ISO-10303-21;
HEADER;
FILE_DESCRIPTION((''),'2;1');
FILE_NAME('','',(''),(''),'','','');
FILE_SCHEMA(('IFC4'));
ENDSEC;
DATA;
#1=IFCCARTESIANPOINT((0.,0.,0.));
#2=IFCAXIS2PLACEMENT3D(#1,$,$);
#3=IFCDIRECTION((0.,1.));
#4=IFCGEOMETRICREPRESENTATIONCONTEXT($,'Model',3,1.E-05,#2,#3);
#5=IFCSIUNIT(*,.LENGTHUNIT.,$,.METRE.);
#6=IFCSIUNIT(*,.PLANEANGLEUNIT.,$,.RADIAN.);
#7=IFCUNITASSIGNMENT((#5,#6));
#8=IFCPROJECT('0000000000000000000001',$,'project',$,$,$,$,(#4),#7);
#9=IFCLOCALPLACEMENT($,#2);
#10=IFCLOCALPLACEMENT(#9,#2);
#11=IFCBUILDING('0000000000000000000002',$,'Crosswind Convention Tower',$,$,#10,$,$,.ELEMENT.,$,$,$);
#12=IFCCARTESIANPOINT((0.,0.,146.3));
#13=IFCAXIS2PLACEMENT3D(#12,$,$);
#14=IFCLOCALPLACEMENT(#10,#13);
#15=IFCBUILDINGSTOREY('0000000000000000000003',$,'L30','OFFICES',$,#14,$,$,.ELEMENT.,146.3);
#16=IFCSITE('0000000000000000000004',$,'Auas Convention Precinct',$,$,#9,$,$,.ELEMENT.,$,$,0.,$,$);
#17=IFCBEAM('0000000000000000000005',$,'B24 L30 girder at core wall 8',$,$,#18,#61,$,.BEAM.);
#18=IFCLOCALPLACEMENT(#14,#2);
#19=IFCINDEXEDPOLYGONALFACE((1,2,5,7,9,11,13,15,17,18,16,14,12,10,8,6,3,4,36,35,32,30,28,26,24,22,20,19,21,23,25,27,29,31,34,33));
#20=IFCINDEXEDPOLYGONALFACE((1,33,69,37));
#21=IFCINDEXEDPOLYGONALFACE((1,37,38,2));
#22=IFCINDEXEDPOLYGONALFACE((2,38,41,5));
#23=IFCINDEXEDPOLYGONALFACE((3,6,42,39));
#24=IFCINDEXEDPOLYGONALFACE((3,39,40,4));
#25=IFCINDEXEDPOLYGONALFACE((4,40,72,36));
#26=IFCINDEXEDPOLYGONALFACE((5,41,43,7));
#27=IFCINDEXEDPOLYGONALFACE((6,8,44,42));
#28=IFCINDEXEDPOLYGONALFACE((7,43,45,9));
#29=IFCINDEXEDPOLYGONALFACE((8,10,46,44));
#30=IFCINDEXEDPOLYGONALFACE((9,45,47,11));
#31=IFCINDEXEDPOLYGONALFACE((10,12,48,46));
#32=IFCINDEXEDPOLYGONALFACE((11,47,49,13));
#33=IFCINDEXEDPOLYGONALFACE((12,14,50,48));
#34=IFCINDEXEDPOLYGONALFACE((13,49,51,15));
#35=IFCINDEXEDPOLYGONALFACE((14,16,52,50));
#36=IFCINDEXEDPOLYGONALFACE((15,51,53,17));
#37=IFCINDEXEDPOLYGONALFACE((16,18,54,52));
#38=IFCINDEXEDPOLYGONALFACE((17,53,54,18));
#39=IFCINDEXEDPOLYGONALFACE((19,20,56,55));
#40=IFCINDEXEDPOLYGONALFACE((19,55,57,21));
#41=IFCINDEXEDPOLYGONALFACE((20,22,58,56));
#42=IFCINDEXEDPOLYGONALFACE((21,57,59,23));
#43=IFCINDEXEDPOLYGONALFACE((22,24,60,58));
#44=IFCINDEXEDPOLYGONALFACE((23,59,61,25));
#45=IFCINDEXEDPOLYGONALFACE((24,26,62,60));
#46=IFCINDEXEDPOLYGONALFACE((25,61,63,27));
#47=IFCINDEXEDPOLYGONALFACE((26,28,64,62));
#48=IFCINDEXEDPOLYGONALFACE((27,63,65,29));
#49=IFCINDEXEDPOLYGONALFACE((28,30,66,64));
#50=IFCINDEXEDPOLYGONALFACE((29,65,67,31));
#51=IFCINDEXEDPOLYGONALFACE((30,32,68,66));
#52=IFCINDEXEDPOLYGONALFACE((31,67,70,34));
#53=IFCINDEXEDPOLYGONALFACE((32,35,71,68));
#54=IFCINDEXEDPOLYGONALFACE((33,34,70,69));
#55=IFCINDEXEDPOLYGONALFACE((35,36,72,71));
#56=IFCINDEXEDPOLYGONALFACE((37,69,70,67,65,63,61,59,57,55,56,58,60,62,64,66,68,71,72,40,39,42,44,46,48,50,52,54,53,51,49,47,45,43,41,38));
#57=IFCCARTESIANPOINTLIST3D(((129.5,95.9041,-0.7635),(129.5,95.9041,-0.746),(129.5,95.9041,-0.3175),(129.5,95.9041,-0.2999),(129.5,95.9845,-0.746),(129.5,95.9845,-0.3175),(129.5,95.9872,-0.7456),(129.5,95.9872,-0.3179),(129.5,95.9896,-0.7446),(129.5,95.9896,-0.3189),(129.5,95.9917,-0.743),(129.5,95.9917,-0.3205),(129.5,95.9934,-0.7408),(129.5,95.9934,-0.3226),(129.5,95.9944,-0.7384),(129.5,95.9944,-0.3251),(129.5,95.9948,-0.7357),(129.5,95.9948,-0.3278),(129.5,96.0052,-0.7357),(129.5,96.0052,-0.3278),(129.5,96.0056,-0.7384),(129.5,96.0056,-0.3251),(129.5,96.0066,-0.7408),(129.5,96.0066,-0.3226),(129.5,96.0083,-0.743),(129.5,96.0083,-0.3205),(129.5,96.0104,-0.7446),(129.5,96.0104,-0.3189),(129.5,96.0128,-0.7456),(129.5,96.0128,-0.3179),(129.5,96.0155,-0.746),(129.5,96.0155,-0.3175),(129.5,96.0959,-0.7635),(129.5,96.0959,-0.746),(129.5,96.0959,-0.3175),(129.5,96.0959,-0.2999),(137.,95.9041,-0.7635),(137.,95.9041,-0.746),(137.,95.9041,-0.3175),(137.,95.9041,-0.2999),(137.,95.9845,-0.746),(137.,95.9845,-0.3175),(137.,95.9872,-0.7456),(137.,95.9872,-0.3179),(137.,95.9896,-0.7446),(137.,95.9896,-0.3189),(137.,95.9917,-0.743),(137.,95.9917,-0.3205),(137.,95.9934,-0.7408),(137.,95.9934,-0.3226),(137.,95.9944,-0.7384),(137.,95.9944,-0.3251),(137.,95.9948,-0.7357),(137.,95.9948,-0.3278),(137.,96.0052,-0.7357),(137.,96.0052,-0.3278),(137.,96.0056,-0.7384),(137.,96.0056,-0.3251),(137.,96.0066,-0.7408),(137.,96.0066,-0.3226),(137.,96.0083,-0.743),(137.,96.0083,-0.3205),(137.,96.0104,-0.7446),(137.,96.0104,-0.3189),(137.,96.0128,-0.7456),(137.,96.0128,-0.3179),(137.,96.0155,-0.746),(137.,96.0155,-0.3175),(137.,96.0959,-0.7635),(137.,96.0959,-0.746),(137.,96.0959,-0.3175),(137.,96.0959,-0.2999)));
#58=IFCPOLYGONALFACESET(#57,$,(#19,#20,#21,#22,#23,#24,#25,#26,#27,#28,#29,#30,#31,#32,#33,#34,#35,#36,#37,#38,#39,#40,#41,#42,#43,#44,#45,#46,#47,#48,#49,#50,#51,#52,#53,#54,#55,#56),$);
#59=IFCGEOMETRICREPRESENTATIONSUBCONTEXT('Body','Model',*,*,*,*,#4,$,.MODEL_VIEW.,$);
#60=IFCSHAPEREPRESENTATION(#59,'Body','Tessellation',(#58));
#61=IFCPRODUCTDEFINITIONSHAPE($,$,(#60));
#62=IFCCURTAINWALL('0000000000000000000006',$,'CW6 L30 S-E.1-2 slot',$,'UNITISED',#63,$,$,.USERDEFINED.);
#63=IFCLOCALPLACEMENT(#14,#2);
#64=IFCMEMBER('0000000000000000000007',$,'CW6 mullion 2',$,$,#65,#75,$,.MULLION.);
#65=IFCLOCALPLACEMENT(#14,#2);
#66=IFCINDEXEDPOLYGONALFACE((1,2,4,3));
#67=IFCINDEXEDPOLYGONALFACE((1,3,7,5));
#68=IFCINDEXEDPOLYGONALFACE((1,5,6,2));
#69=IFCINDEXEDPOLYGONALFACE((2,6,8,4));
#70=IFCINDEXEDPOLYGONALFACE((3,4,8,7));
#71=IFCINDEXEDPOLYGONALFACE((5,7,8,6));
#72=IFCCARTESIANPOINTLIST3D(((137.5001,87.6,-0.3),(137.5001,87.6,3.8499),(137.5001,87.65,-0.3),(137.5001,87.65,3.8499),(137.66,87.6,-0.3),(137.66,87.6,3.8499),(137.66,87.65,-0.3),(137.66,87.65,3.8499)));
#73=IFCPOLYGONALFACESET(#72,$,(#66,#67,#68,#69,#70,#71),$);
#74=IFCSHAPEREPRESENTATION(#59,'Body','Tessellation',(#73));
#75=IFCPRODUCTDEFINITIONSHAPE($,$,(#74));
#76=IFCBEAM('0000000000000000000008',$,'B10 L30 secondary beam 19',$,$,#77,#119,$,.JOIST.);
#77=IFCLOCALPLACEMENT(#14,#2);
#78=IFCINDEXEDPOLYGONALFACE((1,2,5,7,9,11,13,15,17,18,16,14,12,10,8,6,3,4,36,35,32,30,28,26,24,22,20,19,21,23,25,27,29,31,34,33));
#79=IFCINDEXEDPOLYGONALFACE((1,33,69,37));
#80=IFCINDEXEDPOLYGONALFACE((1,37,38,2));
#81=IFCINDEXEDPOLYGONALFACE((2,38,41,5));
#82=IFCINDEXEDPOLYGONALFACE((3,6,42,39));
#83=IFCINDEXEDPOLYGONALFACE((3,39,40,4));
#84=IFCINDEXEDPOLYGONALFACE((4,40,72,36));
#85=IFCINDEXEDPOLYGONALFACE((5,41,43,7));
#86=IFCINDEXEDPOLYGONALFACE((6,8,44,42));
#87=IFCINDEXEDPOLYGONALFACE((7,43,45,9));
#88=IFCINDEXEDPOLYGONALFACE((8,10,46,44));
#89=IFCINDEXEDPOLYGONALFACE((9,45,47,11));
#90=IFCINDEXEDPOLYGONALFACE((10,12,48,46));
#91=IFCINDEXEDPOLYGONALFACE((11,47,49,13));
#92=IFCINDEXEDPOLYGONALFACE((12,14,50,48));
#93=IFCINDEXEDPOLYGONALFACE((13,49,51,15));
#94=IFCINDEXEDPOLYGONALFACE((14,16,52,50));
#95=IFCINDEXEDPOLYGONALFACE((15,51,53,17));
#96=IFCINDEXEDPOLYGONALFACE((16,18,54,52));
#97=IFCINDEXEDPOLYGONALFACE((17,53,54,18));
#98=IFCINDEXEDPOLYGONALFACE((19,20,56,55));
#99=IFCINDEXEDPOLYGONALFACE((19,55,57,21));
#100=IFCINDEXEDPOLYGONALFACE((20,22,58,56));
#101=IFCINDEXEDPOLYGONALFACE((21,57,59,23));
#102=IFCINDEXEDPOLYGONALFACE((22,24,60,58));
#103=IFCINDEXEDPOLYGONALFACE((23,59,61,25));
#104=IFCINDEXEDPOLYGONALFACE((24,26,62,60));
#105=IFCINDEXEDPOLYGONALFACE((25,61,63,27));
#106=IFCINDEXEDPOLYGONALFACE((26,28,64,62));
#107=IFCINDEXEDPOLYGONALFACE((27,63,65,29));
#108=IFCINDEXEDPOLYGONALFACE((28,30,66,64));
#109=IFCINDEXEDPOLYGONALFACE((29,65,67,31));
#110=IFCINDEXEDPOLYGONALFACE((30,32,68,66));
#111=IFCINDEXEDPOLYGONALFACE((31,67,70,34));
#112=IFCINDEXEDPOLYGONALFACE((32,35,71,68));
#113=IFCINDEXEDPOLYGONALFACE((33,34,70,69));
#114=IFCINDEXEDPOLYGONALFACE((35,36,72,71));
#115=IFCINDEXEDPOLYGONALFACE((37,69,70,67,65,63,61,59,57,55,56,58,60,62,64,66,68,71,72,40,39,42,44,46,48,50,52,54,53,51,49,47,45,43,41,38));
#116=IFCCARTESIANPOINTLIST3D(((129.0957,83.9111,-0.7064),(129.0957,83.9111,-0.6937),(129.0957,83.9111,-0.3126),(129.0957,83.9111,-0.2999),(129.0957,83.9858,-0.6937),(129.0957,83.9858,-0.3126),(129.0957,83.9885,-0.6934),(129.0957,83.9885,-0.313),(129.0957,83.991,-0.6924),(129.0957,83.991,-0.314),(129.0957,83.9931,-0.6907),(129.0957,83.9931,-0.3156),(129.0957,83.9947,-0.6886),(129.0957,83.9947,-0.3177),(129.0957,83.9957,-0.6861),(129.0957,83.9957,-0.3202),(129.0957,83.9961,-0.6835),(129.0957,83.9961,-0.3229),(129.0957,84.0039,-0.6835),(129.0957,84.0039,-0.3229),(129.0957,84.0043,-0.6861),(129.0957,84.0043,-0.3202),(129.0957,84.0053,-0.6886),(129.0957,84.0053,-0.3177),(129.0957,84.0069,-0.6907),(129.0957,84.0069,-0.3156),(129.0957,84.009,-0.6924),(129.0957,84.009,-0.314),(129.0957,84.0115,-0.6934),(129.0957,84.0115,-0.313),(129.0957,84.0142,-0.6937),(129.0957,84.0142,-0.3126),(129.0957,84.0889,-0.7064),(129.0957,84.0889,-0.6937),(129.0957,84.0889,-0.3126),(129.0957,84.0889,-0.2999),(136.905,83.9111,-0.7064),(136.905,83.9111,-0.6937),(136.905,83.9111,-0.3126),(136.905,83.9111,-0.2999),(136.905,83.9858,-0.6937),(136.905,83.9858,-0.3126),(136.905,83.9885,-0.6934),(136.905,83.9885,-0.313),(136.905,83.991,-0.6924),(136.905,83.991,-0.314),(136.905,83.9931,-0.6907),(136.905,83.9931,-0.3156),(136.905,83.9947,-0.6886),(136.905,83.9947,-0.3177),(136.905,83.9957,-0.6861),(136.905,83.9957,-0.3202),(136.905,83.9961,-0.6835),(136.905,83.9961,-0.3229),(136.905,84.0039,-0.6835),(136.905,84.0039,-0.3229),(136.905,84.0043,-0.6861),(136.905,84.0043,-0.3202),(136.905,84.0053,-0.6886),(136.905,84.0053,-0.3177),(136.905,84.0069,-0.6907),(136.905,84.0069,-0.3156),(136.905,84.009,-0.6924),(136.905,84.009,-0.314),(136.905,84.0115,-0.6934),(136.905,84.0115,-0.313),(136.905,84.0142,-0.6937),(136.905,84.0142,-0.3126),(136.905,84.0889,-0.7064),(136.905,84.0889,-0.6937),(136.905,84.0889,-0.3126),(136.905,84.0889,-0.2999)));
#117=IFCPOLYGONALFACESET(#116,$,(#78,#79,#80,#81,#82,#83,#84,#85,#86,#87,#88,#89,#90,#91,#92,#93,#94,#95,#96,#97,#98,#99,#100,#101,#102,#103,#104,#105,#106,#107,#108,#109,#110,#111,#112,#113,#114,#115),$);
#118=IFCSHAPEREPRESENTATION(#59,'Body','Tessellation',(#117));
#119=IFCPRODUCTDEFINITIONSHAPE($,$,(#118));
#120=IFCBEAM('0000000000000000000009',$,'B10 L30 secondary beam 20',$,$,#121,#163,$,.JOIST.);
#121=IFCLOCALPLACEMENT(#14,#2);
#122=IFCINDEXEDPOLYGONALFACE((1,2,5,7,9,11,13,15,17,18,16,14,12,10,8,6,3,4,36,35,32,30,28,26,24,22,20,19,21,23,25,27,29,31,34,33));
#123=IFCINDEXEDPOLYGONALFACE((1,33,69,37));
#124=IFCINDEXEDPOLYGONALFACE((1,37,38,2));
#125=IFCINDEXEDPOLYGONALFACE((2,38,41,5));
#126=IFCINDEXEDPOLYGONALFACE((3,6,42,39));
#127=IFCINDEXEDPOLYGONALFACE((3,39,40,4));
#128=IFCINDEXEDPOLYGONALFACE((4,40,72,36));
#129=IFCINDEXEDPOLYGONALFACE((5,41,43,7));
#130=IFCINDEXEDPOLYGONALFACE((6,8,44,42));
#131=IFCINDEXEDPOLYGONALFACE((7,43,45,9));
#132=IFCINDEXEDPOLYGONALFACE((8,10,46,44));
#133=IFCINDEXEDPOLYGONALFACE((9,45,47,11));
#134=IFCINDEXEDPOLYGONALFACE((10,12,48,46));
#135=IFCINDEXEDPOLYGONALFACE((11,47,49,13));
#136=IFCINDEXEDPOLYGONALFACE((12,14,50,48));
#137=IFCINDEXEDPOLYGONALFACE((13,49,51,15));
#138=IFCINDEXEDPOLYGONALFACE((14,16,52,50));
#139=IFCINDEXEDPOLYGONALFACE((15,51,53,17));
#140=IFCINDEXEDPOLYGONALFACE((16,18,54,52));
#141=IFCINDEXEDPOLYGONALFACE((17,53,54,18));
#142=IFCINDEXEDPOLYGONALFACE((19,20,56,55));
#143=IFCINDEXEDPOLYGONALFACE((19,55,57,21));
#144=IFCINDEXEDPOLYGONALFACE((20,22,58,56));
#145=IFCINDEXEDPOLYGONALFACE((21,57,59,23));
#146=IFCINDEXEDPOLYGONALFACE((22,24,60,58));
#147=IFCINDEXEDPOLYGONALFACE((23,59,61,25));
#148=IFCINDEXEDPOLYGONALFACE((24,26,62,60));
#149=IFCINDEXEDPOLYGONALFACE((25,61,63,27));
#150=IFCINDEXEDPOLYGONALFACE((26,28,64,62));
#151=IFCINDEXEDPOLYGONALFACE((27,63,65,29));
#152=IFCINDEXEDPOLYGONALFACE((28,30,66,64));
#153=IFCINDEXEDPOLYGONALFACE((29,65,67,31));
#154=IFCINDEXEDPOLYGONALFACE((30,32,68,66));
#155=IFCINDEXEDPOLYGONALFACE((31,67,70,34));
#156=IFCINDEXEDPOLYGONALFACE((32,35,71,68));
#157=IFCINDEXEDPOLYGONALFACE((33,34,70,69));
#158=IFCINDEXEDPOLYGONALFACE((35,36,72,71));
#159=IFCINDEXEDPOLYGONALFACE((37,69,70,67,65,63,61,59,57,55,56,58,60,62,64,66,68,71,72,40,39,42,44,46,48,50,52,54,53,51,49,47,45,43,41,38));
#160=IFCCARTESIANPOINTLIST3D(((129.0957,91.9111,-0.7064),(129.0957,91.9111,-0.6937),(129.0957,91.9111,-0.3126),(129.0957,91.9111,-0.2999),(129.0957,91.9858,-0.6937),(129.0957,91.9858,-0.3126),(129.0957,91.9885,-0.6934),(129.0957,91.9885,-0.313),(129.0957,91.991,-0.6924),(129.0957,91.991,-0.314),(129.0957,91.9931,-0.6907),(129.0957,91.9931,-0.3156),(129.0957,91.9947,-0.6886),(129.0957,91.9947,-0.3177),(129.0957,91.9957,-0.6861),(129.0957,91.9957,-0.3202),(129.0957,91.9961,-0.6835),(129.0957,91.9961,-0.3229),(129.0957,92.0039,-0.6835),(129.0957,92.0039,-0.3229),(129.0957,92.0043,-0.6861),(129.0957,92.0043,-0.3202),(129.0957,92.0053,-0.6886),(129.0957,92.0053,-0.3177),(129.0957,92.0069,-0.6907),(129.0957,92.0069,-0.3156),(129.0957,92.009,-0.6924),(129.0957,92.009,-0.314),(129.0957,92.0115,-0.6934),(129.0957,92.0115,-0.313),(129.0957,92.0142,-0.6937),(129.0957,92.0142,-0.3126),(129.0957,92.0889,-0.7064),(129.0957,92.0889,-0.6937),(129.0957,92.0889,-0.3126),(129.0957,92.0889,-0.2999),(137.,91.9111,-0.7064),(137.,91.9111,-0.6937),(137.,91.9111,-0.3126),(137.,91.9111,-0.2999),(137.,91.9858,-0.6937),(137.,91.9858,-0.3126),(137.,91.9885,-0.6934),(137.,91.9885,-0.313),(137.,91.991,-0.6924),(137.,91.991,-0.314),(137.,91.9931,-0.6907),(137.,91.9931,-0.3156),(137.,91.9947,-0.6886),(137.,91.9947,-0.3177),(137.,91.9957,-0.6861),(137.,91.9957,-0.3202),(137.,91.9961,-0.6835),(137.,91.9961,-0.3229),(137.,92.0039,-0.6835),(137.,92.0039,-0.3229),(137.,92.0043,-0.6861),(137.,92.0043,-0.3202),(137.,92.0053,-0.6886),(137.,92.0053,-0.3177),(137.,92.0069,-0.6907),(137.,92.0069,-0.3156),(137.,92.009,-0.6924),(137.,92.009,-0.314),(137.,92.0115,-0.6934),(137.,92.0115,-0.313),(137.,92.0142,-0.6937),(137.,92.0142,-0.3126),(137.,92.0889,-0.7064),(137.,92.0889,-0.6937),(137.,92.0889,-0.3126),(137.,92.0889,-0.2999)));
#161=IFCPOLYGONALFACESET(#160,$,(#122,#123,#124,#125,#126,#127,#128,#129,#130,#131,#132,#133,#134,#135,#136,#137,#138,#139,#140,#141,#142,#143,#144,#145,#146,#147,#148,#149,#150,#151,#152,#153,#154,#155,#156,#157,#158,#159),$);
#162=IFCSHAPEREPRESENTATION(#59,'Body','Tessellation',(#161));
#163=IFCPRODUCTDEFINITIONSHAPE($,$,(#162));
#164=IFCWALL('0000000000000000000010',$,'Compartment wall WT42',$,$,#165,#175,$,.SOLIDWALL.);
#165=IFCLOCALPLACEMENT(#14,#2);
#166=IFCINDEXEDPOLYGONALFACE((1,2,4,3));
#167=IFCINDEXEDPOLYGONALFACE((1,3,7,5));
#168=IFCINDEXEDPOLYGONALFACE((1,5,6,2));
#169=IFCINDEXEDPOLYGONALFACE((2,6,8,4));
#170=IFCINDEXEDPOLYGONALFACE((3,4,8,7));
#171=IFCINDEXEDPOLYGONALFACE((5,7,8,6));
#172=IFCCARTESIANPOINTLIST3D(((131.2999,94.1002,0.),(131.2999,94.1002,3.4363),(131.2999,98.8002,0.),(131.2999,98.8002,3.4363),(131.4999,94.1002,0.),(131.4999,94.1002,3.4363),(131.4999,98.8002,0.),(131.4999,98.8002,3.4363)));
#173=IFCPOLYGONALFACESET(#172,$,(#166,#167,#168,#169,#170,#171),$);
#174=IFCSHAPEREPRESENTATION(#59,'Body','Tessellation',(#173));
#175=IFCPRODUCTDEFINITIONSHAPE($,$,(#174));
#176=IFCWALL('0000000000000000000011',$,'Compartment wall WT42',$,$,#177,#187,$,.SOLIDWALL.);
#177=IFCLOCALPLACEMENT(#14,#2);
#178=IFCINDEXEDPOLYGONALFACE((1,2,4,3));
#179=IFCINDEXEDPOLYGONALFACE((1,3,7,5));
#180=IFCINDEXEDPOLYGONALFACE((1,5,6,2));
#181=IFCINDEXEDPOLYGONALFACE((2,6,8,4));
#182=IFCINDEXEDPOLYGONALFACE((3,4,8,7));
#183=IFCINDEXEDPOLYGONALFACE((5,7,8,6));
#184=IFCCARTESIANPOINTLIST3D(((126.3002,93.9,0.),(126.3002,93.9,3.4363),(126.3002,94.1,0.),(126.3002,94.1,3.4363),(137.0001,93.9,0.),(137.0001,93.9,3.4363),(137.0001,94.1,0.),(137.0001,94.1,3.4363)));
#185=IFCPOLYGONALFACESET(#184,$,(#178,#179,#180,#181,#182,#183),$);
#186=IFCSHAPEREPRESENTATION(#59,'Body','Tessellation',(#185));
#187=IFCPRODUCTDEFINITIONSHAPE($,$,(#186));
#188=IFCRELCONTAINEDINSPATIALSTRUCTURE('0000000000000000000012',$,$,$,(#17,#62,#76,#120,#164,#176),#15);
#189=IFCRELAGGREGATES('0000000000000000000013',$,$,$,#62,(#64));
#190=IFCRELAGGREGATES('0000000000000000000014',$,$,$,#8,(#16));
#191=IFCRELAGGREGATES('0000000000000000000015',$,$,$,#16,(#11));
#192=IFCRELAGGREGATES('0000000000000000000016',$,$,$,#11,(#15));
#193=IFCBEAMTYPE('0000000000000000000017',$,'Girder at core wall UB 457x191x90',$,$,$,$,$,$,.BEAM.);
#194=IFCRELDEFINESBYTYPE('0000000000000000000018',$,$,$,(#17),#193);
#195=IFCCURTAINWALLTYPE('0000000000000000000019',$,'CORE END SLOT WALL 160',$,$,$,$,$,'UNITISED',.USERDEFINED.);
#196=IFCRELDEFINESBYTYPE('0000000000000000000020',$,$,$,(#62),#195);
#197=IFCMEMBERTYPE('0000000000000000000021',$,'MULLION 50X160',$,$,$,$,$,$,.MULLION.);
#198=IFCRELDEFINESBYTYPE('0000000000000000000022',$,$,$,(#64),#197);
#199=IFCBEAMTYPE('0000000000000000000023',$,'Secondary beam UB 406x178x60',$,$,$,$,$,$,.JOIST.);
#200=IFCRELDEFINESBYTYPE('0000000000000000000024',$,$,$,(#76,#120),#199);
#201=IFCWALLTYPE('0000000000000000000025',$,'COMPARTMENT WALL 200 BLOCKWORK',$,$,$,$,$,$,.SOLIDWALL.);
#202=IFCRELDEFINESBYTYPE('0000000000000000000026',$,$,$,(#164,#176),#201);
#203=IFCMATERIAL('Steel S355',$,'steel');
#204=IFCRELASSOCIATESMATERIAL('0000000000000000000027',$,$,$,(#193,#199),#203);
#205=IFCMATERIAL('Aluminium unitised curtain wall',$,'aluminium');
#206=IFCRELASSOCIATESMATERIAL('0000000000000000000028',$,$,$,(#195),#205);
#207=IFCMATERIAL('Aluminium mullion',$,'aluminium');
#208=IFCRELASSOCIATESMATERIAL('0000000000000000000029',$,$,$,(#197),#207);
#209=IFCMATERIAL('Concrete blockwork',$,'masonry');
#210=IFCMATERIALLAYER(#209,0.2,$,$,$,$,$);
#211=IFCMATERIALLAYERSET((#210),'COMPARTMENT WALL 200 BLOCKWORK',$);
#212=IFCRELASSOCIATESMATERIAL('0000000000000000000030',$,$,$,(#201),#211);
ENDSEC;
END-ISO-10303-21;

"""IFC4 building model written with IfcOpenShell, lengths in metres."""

from ifc_helpers import new_model, si_unit, direction, frame, frame_2d, origin, origin_2d, place, context, subcontext, project, spatial, rectangle, i_section, extrude, material, layer, layer_set, material_profile, profile_set, type_object, element, aggregate, save


model = new_model("IFC4")

# Units and contexts
model_context = context("Model", 3, precision=1e-05, world=origin(), true_north=direction((0.0, 1.0)))
body_context = subcontext(model_context, "Body", "Model", "MODEL_VIEW")
ifc_project = project(units=[si_unit("LENGTHUNIT", "METRE"), si_unit("PLANEANGLEUNIT", "RADIAN")], contexts=[model_context])

# Site, building, storey
site_placement = place(None, origin())
site = spatial("IfcSite", under=ifc_project, at=site_placement, Name="Auas Convention Precinct", CompositionType="ELEMENT", RefElevation=0.0)
building_placement = place(site_placement, origin())
building = spatial("IfcBuilding", under=site, at=building_placement, Name="Crosswind Convention Tower", CompositionType="ELEMENT")
storey_placement = place(building_placement, frame((0.0, 0.0, 146.3)))
storey = spatial("IfcBuildingStorey", under=building, at=storey_placement, Name="L30", Description="OFFICES", CompositionType="ELEMENT", Elevation=146.3)

# Beam
ifc_material_1 = material(Name="Steel S355", Category="steel")
ifc_material_profile_1 = material_profile(ifc_material_1, i_section(OverallWidth=0.1919, OverallDepth=0.4636, WebThickness=0.0105, FlangeThickness=0.0176, FilletRadius=0.0103, at=origin_2d()), Name="UB 457x191x90")
ifc_profile_set_1 = profile_set([ifc_material_profile_1], Name="Steel S355")
beam_type_1 = type_object("IfcBeamType", Name="Girder at core wall UB 457x191x90", PredefinedType="BEAM", material=ifc_profile_set_1)
for number, where, z_axis, x_axis, name in (
    (1, (129.5, 96.0, -0.5317), (1.0, 0.0, 0.0), (0.0, 1.0, 0.0), "B24 L30 girder at core wall 8"),
):
    element("IfcBeam", number, at=place(storey_placement, frame(where, z_axis=z_axis, x_axis=x_axis)), inside=storey, type_object=beam_type_1, Name=name, PredefinedType="BEAM", context=body_context, shape_type="SweptSolid", body=[
        extrude(i_section(OverallWidth=0.1919, OverallDepth=0.4636, WebThickness=0.0105, FlangeThickness=0.0176, FilletRadius=0.0103, at=origin_2d()), origin(), (0.0, 0.0, 1.0), 7.5),
    ])

# Curtain wall, member
ifc_material_2 = material(Name="Aluminium unitised curtain wall", Category="aluminium")
curtain_wall_type = type_object("IfcCurtainWallType", Name="CORE END SLOT WALL 160", ElementType="UNITISED", PredefinedType="USERDEFINED", material=ifc_material_2)
curtain_wall_placement = place(storey_placement, origin())
curtain_wall = element("IfcCurtainWall", 2, at=curtain_wall_placement, inside=storey, type_object=curtain_wall_type, Name="CW6 L30 S-E.1-2 slot", ObjectType="UNITISED", PredefinedType="USERDEFINED")
ifc_material_3 = material(Name="Aluminium mullion", Category="aluminium")
ifc_material_profile_2 = material_profile(ifc_material_3, rectangle(XDim=0.1599, YDim=0.05, at=origin_2d()), Name="AL 160X50")
ifc_profile_set_2 = profile_set([ifc_material_profile_2], Name="Aluminium mullion")
member_type = type_object("IfcMemberType", Name="MULLION 50X160", PredefinedType="MULLION", material=ifc_profile_set_2)
member_placement = place(storey_placement, frame((137.5801, 87.625, -0.3), z_axis=(0.0, 0.0, 1.0), x_axis=(1.0, 0.0, 0.0)))
member = element("IfcMember", 3, at=member_placement, type_object=member_type, Name="CW6 mullion 2", PredefinedType="MULLION", context=body_context, shape_type="SweptSolid", body=[
    extrude(rectangle(XDim=0.1599, YDim=0.05, at=origin_2d()), origin(), (0.0, 0.0, 1.0), 4.1499),
])
aggregate(curtain_wall, [member])

# Beams
ifc_material_profile_3 = material_profile(ifc_material_1, i_section(OverallWidth=0.1777, OverallDepth=0.4065, WebThickness=0.0078, FlangeThickness=0.0127, FilletRadius=0.0103, at=origin_2d()), Name="UB 406x178x60")
ifc_profile_set_3 = profile_set([ifc_material_profile_3], Name="Steel S355")
beam_type_2 = type_object("IfcBeamType", Name="Secondary beam UB 406x178x60", PredefinedType="JOIST", material=ifc_profile_set_3)
beam_1_placement = place(storey_placement, frame((129.0957, 84.0, -0.5032), z_axis=(1.0, 0.0, 0.0), x_axis=(0.0, 1.0, 0.0)))
element("IfcBeam", 4, at=beam_1_placement, inside=storey, type_object=beam_type_2, Name="B10 L30 secondary beam 19", PredefinedType="JOIST", context=body_context, shape_type="SweptSolid", body=[
    extrude(i_section(OverallWidth=0.1777, OverallDepth=0.4065, WebThickness=0.0078, FlangeThickness=0.0127, FilletRadius=0.0103, at=origin_2d()), origin(), (0.0, 0.0, 1.0), 7.8093),
])
beam_2_placement = place(storey_placement, frame((129.0957, 92.0, -0.5032), z_axis=(1.0, 0.0, 0.0), x_axis=(0.0, 1.0, 0.0)))
element("IfcBeam", 5, at=beam_2_placement, inside=storey, type_object=beam_type_2, Name="B10 L30 secondary beam 20", PredefinedType="JOIST", context=body_context, shape_type="SweptSolid", body=[
    extrude(i_section(OverallWidth=0.1777, OverallDepth=0.4065, WebThickness=0.0078, FlangeThickness=0.0127, FilletRadius=0.0103, at=origin_2d()), origin(), (0.0, 0.0, 1.0), 7.9043),
])

# Walls
ifc_material_4 = material(Name="Concrete blockwork", Category="masonry")
ifc_layer_1 = layer(ifc_material_4, 0.2)
ifc_layer_set_1 = layer_set([ifc_layer_1], Name="COMPARTMENT WALL 200 BLOCKWORK")
wall_type_1 = type_object("IfcWallType", Name="COMPARTMENT WALL 200 BLOCKWORK", PredefinedType="SOLIDWALL", material=ifc_layer_set_1)
wall_1_placement = place(storey_placement, frame((131.3999, 94.1001, 0.0), z_axis=(0.0, 0.0, 1.0), x_axis=(0.0, 1.0, 0.0)))
element("IfcWall", 6, at=wall_1_placement, inside=storey, type_object=wall_type_1, Name="Compartment wall WT42", PredefinedType="SOLIDWALL", context=body_context, shape_type="SweptSolid", body=[
    extrude(rectangle(XDim=4.7, YDim=0.2, at=frame_2d((2.3501, 0.0))), origin(), (0.0, 0.0, 1.0), 3.4363),
])
wall_2_placement = place(storey_placement, frame((126.3, 94.0, 0.0), z_axis=(0.0, 0.0, 1.0), x_axis=(1.0, 0.0, 0.0)))
element("IfcWall", 7, at=wall_2_placement, inside=storey, type_object=wall_type_1, Name="Compartment wall WT42", PredefinedType="SOLIDWALL", context=body_context, shape_type="SweptSolid", body=[
    extrude(rectangle(XDim=10.7, YDim=0.2, at=frame_2d((5.3501, 0.0))), origin(), (0.0, 0.0, 1.0), 3.4363),
])

save(model, "model.ifc")
